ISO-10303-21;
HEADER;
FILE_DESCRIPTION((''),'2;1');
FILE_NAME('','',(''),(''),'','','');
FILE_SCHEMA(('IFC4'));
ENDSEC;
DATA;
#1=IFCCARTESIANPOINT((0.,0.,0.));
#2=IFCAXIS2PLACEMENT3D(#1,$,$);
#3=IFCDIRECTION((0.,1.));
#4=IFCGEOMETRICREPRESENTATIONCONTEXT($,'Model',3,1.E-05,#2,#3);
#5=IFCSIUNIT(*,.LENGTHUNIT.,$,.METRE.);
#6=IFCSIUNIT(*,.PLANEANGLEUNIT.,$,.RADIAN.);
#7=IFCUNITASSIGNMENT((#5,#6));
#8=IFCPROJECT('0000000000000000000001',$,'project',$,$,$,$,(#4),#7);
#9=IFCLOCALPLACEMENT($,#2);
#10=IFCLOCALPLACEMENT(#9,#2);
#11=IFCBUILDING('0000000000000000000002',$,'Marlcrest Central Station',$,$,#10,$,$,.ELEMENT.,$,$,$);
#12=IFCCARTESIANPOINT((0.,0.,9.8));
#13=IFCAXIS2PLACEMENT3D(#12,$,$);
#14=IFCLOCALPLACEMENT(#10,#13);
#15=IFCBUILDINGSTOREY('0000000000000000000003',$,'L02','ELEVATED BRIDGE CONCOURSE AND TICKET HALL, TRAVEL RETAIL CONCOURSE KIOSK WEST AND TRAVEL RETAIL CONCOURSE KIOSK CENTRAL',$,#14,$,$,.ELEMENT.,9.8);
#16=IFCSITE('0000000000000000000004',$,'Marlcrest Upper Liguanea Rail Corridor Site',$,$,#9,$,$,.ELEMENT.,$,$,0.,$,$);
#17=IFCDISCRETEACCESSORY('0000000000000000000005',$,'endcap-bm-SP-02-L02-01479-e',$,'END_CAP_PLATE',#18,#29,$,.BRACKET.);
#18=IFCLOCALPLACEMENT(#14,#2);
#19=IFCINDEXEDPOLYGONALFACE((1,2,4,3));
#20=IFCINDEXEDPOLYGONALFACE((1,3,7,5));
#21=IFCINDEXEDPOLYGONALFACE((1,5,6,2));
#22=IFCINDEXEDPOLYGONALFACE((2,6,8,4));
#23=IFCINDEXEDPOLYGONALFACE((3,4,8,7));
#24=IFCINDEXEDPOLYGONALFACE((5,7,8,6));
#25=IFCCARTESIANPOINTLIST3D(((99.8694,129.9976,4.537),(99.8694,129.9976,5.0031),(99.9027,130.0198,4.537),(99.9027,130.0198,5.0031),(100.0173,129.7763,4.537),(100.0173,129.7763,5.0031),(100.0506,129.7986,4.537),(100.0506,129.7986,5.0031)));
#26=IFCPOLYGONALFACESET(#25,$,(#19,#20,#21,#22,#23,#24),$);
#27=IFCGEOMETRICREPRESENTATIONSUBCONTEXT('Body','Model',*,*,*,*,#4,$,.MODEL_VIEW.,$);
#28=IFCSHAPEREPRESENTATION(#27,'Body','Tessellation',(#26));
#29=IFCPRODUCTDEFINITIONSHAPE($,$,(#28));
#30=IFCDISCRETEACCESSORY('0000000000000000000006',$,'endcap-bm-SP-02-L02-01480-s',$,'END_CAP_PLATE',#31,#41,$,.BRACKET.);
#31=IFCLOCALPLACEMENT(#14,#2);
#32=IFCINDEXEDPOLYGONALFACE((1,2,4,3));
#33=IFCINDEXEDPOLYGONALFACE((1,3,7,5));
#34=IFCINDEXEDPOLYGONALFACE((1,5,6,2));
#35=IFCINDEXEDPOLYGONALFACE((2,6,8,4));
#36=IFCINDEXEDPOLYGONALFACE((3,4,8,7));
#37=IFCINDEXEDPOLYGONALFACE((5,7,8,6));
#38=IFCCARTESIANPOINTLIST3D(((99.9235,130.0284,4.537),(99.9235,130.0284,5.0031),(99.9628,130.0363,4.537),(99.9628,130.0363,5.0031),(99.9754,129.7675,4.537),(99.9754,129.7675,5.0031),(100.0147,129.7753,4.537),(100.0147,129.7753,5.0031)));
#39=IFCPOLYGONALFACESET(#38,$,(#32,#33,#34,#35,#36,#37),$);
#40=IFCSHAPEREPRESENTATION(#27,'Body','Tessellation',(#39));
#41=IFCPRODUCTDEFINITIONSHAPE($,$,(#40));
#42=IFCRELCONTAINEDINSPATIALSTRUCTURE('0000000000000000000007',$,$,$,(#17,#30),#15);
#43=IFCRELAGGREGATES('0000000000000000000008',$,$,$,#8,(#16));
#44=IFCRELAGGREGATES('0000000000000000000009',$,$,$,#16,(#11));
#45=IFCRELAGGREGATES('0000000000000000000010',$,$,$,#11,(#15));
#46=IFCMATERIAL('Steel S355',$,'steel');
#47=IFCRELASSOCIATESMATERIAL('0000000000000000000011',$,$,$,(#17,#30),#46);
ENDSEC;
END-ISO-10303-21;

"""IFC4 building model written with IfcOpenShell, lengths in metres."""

from ifc_helpers import new_model, si_unit, direction, frame, origin, origin_2d, place, context, subcontext, project, spatial, rectangle, extrude, material, element, save


model = new_model("IFC4")

# Units and contexts
model_context = context("Model", 3, precision=1e-05, world=origin(), true_north=direction((0.0, 1.0)))
body_context = subcontext(model_context, "Body", "Model", "MODEL_VIEW")
ifc_project = project(units=[si_unit("LENGTHUNIT", "METRE"), si_unit("PLANEANGLEUNIT", "RADIAN")], contexts=[model_context])

# Site, building, storey
site_placement = place(None, origin())
site = spatial("IfcSite", under=ifc_project, at=site_placement, Name="Marlcrest Upper Liguanea Rail Corridor Site", CompositionType="ELEMENT", RefElevation=0.0)
building_placement = place(site_placement, origin())
building = spatial("IfcBuilding", under=site, at=building_placement, Name="Marlcrest Central Station", CompositionType="ELEMENT")
storey_placement = place(building_placement, frame((0.0, 0.0, 9.8)))
storey = spatial("IfcBuildingStorey", under=building, at=storey_placement, Name="L02", Description="ELEVATED BRIDGE CONCOURSE AND TICKET HALL, TRAVEL RETAIL CONCOURSE KIOSK WEST AND TRAVEL RETAIL CONCOURSE KIOSK CENTRAL", CompositionType="ELEMENT", Elevation=9.8)

# Shared definitions
ifc_material_1 = material(Name="Steel S355", Category="steel")

# Discrete accessories
for number, where, z_axis, x_axis, name in (
    (1, (99.9434, 129.887, 4.77), (0.831509, 0.555511, 0.0), (-0.555511, 0.831509, 0.0), "endcap-bm-SP-02-L02-01479-e"),
    (2, (99.9495, 129.8979, 4.77), (0.980769, 0.195171, 0.0), (-0.195171, 0.980769, 0.0), "endcap-bm-SP-02-L02-01480-s"),
):
    element("IfcDiscreteAccessory", number, at=place(storey_placement, frame(where, z_axis=z_axis, x_axis=x_axis)), inside=storey, material=ifc_material_1, Name=name, ObjectType="END_CAP_PLATE", PredefinedType="BRACKET", context=body_context, shape_type="SweptSolid", body=[
        extrude(rectangle(XDim=0.2661, YDim=0.4661, at=origin_2d()), origin(), (0.0, 0.0, 1.0), 0.04),
    ])

save(model, "model.ifc")
